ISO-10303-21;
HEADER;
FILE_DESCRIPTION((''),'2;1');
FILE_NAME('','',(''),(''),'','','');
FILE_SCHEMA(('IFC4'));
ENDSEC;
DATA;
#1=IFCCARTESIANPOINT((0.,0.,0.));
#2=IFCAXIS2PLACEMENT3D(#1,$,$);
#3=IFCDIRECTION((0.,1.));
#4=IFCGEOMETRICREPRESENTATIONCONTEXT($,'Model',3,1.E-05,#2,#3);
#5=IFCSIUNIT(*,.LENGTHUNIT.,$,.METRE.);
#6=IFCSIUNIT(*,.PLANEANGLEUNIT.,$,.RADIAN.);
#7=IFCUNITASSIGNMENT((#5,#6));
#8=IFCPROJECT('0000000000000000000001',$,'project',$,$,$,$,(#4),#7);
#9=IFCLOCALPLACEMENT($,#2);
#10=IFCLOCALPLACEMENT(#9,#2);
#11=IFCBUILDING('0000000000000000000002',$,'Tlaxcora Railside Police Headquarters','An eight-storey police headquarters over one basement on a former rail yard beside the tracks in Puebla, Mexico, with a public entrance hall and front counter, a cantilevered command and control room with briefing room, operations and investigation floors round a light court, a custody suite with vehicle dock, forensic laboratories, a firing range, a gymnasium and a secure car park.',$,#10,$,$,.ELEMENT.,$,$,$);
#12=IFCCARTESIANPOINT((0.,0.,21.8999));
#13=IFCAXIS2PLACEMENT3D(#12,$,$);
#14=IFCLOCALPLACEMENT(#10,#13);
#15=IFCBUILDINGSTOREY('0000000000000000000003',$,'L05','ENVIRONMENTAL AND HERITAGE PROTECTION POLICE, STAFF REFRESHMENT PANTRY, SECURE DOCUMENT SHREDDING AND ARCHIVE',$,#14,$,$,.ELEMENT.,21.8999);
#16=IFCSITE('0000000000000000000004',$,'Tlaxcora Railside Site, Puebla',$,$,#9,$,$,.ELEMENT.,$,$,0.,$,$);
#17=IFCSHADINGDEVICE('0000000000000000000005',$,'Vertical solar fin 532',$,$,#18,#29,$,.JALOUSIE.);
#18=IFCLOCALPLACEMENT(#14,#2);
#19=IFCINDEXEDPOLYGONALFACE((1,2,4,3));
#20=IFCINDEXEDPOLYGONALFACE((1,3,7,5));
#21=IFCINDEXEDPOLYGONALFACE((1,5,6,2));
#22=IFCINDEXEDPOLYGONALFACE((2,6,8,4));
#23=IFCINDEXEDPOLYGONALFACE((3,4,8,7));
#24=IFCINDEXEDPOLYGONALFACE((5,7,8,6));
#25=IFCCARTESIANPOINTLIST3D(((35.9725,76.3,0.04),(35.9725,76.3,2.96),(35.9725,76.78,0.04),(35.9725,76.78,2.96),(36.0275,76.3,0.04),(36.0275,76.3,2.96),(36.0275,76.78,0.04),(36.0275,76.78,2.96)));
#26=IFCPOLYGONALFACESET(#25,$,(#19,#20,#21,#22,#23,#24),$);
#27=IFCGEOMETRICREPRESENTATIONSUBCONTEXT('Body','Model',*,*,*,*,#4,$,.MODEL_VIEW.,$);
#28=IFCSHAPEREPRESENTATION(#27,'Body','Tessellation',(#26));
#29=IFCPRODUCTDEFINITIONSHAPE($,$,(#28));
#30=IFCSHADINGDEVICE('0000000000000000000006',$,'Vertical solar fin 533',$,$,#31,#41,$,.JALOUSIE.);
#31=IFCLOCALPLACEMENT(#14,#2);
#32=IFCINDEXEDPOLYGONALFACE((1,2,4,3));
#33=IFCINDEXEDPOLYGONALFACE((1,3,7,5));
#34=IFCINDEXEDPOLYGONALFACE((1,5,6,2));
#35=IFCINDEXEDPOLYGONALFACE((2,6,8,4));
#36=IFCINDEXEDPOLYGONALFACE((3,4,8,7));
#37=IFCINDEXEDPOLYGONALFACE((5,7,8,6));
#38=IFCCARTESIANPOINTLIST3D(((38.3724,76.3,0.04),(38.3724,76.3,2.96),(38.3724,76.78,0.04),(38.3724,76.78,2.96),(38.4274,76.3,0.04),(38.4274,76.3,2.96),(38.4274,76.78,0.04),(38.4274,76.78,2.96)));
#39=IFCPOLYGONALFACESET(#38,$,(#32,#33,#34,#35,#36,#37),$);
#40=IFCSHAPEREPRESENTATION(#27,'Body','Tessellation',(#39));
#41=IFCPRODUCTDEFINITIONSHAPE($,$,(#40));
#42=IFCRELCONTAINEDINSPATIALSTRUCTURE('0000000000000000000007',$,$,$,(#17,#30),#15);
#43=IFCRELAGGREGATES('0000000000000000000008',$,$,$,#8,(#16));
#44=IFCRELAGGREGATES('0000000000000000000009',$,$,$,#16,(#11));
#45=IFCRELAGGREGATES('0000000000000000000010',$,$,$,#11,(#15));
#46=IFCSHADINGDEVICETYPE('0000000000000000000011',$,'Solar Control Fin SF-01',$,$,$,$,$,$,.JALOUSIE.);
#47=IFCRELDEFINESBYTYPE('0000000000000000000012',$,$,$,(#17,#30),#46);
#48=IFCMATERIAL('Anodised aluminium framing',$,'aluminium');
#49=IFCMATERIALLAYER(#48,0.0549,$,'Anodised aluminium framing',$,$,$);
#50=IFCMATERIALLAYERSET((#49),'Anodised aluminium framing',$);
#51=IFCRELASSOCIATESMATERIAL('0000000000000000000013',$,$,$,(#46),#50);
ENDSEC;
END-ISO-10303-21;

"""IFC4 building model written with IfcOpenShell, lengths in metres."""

from ifc_helpers import new_model, si_unit, direction, frame, origin, origin_2d, place, context, subcontext, project, spatial, rectangle, extrude, material, layer, layer_set, type_object, element, save


model = new_model("IFC4")

# Units and contexts
model_context = context("Model", 3, precision=1e-05, world=origin(), true_north=direction((0.0, 1.0)))
body_context = subcontext(model_context, "Body", "Model", "MODEL_VIEW")
ifc_project = project(units=[si_unit("LENGTHUNIT", "METRE"), si_unit("PLANEANGLEUNIT", "RADIAN")], contexts=[model_context])

# Site, building, storey
site_placement = place(None, origin())
site = spatial("IfcSite", under=ifc_project, at=site_placement, Name="Tlaxcora Railside Site, Puebla", CompositionType="ELEMENT", RefElevation=0.0)
building_placement = place(site_placement, origin())
building = spatial("IfcBuilding", under=site, at=building_placement, Name="Tlaxcora Railside Police Headquarters", Description="An eight-storey police headquarters over one basement on a former rail yard beside the tracks in Puebla, Mexico, with a public entrance hall and front counter, a cantilevered command and control room with briefing room, operations and investigation floors round a light court, a custody suite with vehicle dock, forensic laboratories, a firing range, a gymnasium and a secure car park.", CompositionType="ELEMENT")
storey_placement = place(building_placement, frame((0.0, 0.0, 21.8999)))
storey = spatial("IfcBuildingStorey", under=building, at=storey_placement, Name="L05", Description="ENVIRONMENTAL AND HERITAGE PROTECTION POLICE, STAFF REFRESHMENT PANTRY, SECURE DOCUMENT SHREDDING AND ARCHIVE", CompositionType="ELEMENT", Elevation=21.8999)

# Shared definitions
ifc_material_1 = material(Name="Anodised aluminium framing", Category="aluminium")

# Shading devices
ifc_layer_1 = layer(ifc_material_1, 0.0549, Name="Anodised aluminium framing")
ifc_layer_set_1 = layer_set([ifc_layer_1], Name="Anodised aluminium framing")
shading_device_type = type_object("IfcShadingDeviceType", Name="Solar Control Fin SF-01", PredefinedType="JALOUSIE", material=ifc_layer_set_1)
for number, where, z_axis, x_axis, name in (
    (1, (36.0, 76.54, 0.04), (0.0, 0.0, 1.0), (0.0, -1.0, 0.0), "Vertical solar fin 532"),
    (2, (38.3999, 76.54, 0.04), (0.0, 0.0, 1.0), (0.0, -1.0, 0.0), "Vertical solar fin 533"),
):
    element("IfcShadingDevice", number, at=place(storey_placement, frame(where, z_axis=z_axis, x_axis=x_axis)), inside=storey, type_object=shading_device_type, Name=name, PredefinedType="JALOUSIE", context=body_context, shape_type="SweptSolid", body=[
        extrude(rectangle(XDim=0.48, YDim=0.0549, at=origin_2d()), origin(), (0.0, 0.0, 1.0), 2.9199),
    ])

save(model, "model.ifc")
